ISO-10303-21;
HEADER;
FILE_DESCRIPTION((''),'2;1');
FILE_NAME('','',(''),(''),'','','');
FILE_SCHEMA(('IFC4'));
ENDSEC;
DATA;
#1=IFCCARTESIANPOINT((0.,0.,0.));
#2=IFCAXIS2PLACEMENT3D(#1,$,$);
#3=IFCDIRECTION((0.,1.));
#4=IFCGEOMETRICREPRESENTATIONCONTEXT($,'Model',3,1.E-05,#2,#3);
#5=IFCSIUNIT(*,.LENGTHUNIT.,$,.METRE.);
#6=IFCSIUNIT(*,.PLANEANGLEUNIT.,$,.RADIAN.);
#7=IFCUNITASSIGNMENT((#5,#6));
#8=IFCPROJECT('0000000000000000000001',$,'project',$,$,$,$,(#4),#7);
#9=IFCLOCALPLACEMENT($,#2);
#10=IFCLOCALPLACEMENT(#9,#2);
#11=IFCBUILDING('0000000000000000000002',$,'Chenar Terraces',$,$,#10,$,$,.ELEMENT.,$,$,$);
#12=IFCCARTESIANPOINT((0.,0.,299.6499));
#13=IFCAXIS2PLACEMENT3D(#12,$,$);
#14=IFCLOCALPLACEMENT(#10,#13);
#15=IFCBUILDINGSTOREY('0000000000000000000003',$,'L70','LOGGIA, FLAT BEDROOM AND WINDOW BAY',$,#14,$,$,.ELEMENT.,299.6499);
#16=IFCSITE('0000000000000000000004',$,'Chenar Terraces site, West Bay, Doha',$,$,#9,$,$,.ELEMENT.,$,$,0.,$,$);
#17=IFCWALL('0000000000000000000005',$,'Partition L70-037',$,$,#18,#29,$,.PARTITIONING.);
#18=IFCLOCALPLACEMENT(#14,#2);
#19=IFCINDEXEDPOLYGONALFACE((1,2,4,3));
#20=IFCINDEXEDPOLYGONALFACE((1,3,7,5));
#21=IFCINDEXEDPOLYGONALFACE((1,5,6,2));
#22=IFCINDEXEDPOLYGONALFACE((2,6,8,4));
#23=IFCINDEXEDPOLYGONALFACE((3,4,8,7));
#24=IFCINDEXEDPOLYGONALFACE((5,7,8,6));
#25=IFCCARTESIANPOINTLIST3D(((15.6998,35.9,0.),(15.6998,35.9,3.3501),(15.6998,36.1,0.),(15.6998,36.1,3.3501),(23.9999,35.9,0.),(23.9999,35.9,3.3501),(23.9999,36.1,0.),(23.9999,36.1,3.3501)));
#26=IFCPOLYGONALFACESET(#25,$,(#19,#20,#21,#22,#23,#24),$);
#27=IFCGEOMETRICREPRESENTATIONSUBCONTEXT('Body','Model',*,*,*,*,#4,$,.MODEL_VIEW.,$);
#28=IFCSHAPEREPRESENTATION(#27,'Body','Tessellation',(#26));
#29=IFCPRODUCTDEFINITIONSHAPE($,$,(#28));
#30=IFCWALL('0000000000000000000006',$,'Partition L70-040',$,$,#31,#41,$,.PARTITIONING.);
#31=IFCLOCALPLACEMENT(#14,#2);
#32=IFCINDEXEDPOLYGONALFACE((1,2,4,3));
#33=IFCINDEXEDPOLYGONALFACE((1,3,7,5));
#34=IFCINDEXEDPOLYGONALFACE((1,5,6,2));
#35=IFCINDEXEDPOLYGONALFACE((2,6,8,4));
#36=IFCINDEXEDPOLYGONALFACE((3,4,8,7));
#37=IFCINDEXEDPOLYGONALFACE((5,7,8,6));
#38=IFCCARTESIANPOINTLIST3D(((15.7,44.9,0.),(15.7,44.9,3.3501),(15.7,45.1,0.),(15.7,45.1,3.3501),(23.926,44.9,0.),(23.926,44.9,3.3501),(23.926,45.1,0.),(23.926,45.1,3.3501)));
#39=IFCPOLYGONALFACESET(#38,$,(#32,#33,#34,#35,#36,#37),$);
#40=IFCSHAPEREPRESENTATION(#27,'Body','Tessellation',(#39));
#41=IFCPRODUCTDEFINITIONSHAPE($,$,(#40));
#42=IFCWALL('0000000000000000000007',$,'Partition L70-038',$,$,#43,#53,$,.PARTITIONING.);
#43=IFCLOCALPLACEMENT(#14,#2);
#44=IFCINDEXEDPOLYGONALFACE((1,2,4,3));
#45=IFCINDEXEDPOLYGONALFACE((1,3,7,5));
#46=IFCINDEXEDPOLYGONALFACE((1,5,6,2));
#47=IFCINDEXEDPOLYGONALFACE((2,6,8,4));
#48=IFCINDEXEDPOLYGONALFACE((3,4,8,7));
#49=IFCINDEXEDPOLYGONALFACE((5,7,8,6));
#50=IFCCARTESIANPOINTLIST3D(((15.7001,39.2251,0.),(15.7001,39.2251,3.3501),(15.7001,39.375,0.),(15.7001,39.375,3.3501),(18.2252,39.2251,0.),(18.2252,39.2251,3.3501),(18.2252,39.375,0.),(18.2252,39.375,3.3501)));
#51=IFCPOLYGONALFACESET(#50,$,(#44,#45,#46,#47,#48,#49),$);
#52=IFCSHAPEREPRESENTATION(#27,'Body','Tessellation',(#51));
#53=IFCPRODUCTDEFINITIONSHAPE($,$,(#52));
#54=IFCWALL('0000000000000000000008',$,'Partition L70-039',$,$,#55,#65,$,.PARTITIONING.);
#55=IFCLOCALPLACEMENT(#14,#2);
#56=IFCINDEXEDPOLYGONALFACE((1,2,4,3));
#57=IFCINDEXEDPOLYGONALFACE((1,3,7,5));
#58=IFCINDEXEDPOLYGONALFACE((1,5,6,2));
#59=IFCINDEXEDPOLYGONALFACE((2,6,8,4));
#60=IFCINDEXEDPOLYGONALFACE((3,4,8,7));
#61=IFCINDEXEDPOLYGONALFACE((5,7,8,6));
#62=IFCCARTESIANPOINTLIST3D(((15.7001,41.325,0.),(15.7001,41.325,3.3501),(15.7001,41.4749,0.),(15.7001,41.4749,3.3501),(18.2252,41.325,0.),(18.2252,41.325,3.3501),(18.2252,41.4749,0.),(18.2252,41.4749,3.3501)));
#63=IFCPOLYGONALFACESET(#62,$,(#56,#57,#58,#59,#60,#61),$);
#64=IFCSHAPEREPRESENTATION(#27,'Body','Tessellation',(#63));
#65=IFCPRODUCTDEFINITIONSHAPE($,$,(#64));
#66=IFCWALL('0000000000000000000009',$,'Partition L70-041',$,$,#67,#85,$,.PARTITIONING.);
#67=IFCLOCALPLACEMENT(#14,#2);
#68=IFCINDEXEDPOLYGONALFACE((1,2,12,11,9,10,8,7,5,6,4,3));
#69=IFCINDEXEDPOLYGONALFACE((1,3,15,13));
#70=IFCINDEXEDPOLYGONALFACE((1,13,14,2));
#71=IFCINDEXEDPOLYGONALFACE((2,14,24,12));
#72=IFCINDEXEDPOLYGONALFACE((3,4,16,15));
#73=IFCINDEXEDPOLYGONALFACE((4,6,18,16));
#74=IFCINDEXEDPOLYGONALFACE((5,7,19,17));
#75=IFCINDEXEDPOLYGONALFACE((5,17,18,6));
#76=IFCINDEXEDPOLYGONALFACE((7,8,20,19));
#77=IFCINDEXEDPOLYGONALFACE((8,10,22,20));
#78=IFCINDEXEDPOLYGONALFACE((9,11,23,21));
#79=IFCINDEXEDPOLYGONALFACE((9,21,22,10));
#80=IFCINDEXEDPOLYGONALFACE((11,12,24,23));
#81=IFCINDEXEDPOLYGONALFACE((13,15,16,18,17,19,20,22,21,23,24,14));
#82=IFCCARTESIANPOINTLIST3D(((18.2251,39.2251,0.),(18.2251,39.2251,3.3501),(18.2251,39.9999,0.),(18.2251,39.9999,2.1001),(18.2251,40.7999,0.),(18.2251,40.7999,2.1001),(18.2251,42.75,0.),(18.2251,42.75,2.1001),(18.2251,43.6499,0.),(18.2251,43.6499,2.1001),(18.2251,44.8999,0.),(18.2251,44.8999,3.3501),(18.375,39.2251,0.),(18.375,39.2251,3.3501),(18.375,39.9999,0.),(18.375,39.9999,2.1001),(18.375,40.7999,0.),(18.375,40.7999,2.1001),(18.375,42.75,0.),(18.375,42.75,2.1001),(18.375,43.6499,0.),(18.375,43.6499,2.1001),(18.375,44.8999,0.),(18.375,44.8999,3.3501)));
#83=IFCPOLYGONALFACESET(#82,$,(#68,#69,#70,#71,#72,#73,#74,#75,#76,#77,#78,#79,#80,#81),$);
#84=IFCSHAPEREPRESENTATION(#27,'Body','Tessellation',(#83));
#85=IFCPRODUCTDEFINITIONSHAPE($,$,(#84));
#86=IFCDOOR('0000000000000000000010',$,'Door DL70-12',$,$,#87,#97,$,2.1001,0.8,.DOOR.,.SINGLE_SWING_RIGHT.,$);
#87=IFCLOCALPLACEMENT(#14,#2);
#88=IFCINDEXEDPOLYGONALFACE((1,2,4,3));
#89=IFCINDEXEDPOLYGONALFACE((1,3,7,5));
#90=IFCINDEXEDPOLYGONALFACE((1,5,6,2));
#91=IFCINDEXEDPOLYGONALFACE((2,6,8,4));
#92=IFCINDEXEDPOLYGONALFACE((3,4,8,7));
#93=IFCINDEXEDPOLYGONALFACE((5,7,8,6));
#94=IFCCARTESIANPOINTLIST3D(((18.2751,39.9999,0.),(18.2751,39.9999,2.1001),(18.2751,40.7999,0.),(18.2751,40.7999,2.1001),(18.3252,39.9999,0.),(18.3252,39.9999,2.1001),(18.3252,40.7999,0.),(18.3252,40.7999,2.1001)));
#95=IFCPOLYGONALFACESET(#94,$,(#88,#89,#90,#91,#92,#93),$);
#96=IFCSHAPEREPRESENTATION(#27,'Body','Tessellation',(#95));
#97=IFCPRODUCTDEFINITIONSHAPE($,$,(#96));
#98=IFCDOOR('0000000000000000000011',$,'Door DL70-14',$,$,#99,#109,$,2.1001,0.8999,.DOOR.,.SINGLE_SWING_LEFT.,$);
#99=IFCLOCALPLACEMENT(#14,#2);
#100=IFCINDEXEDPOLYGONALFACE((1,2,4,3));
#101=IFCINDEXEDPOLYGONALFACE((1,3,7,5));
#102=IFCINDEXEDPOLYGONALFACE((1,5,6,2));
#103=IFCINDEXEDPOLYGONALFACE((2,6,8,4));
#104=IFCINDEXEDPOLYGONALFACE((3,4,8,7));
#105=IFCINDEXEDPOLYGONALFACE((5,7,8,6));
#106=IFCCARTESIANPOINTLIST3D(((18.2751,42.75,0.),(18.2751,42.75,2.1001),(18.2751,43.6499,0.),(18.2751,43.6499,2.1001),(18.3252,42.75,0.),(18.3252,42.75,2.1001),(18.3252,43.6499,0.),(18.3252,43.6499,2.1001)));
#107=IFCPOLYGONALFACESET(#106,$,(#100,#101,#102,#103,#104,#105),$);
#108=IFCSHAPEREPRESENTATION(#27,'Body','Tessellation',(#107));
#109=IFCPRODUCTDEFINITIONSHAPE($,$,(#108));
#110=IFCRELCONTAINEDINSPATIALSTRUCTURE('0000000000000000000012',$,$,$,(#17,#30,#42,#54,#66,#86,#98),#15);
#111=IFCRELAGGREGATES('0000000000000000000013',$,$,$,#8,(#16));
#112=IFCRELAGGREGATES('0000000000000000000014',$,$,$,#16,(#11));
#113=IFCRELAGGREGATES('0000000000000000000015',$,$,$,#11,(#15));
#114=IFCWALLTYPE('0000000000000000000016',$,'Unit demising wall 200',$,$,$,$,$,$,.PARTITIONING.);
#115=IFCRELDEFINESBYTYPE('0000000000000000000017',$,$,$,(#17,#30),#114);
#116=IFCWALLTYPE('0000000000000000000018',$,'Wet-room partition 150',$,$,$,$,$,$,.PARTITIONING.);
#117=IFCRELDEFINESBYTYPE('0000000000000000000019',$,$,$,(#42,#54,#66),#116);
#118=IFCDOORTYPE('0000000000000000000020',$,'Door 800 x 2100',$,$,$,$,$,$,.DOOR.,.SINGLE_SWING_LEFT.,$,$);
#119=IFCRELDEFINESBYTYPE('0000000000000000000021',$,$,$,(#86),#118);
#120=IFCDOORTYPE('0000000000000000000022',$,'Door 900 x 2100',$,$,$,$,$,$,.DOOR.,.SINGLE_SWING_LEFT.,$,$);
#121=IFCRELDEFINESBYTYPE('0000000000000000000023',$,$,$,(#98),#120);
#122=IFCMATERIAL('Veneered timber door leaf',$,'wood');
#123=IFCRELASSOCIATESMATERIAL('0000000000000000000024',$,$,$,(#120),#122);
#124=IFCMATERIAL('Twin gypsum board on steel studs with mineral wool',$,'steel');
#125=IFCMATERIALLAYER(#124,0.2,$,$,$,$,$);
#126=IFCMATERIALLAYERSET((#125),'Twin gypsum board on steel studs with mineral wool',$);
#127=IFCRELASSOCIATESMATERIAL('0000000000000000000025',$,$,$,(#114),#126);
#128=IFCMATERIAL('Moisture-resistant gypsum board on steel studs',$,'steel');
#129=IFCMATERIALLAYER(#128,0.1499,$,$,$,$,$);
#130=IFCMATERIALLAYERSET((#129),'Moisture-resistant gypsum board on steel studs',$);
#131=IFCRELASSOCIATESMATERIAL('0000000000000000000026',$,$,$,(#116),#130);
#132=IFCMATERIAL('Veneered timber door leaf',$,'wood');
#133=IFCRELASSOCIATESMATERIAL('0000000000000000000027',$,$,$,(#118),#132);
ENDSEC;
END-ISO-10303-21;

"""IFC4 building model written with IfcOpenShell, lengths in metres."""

from ifc_helpers import new_model, si_unit, direction, frame, frame_2d, origin, place, context, subcontext, project, spatial, rectangle, extrude, material, layer, layer_set, type_object, element, fill, save


model = new_model("IFC4")

# Units and contexts
model_context = context("Model", 3, precision=1e-05, world=origin(), true_north=direction((0.0, 1.0)))
body_context = subcontext(model_context, "Body", "Model", "MODEL_VIEW")
ifc_project = project(units=[si_unit("LENGTHUNIT", "METRE"), si_unit("PLANEANGLEUNIT", "RADIAN")], contexts=[model_context])

# Site, building, storey
site_placement = place(None, origin())
site = spatial("IfcSite", under=ifc_project, at=site_placement, Name="Chenar Terraces site, West Bay, Doha", CompositionType="ELEMENT", RefElevation=0.0)
building_placement = place(site_placement, origin())
building = spatial("IfcBuilding", under=site, at=building_placement, Name="Chenar Terraces", CompositionType="ELEMENT")
storey_placement = place(building_placement, frame((0.0, 0.0, 299.6499)))
storey = spatial("IfcBuildingStorey", under=building, at=storey_placement, Name="L70", Description="LOGGIA, FLAT BEDROOM AND WINDOW BAY", CompositionType="ELEMENT", Elevation=299.6499)

# Shared definitions
ifc_material_1 = material(Name="Veneered timber door leaf", Category="wood")
door_type_1 = type_object("IfcDoorType", Name="Door 900 x 2100", OperationType="SINGLE_SWING_LEFT", PredefinedType="DOOR", material=ifc_material_1)

# Walls
ifc_material_2 = material(Name="Twin gypsum board on steel studs with mineral wool", Category="steel")
ifc_layer_1 = layer(ifc_material_2, 0.2)
ifc_layer_set_1 = layer_set([ifc_layer_1], Name="Twin gypsum board on steel studs with mineral wool")
wall_type_1 = type_object("IfcWallType", Name="Unit demising wall 200", PredefinedType="PARTITIONING", material=ifc_layer_set_1)
wall_1_placement = place(storey_placement, frame((15.7, 36.0, 0.0), z_axis=(0.0, 0.0, 1.0), x_axis=(1.0, 0.0, 0.0)))
element("IfcWall", 1, at=wall_1_placement, inside=storey, type_object=wall_type_1, Name="Partition L70-037", PredefinedType="PARTITIONING", context=body_context, shape_type="SweptSolid", body=[
    extrude(rectangle(XDim=8.3, YDim=0.2, at=frame_2d((4.1499, 0.0))), origin(), (0.0, 0.0, 1.0), 3.3501),
])
wall_2_placement = place(storey_placement, frame((15.7, 45.0, 0.0), z_axis=(0.0, 0.0, 1.0), x_axis=(1.0, 0.0, 0.0)))
element("IfcWall", 2, at=wall_2_placement, inside=storey, type_object=wall_type_1, Name="Partition L70-040", PredefinedType="PARTITIONING", context=body_context, shape_type="SweptSolid", body=[
    extrude(rectangle(XDim=8.2261, YDim=0.2, at=frame_2d((4.113, 0.0))), origin(), (0.0, 0.0, 1.0), 3.3501),
])
ifc_material_3 = material(Name="Moisture-resistant gypsum board on steel studs", Category="steel")
ifc_layer_2 = layer(ifc_material_3, 0.1499)
ifc_layer_set_2 = layer_set([ifc_layer_2], Name="Moisture-resistant gypsum board on steel studs")
wall_type_2 = type_object("IfcWallType", Name="Wet-room partition 150", PredefinedType="PARTITIONING", material=ifc_layer_set_2)
for number, where, z_axis, x_axis, name in (
    (3, (15.7, 39.3, 0.0), (0.0, 0.0, 1.0), (1.0, 0.0, 0.0), "Partition L70-038"),
    (4, (15.7, 41.3999, 0.0), (0.0, 0.0, 1.0), (1.0, 0.0, 0.0), "Partition L70-039"),
):
    element("IfcWall", number, at=place(storey_placement, frame(where, z_axis=z_axis, x_axis=x_axis)), inside=storey, type_object=wall_type_2, Name=name, PredefinedType="PARTITIONING", context=body_context, shape_type="SweptSolid", body=[
        extrude(rectangle(XDim=2.5251, YDim=0.1499, at=frame_2d((1.2627, 0.0))), origin(), (0.0, 0.0, 1.0), 3.3501),
    ])

# Wall, openings, doors
wall_3_placement = place(storey_placement, frame((18.3, 39.2251, 0.0), z_axis=(0.0, 0.0, 1.0), x_axis=(0.0, 1.0, 0.0)))
wall_3 = element("IfcWall", 5, at=wall_3_placement, inside=storey, type_object=wall_type_2, Name="Partition L70-041", PredefinedType="PARTITIONING", context=body_context, shape_type="SweptSolid", body=[
    extrude(rectangle(XDim=5.6748, YDim=0.1499, at=frame_2d((2.8374, 0.0))), origin(), (0.0, 0.0, 1.0), 3.3501),
])
opening_1_placement = place(wall_3_placement, frame((0.7749, 0.0, 0.0)))
opening_1 = element("IfcOpeningElement", 6, at=opening_1_placement, cuts=wall_3, PredefinedType="OPENING", context=body_context, shape_type="SweptSolid", body=[
    extrude(rectangle(XDim=0.8, YDim=2.1001, at=frame_2d((0.3999, 1.05))), frame((0.0, 0.085, 0.0), z_axis=(0.0, -1.0, 0.0), x_axis=(1.0, 0.0, 0.0)), (0.0, 0.0, 1.0), 0.1699),
])
opening_2_placement = place(wall_3_placement, frame((3.5249, 0.0, 0.0)))
opening_2 = element("IfcOpeningElement", 7, at=opening_2_placement, cuts=wall_3, PredefinedType="OPENING", context=body_context, shape_type="SweptSolid", body=[
    extrude(rectangle(XDim=0.8999, YDim=2.1001, at=frame_2d((0.45, 1.05))), frame((0.0, 0.085, 0.0), z_axis=(0.0, -1.0, 0.0), x_axis=(1.0, 0.0, 0.0)), (0.0, 0.0, 1.0), 0.1699),
])
ifc_material_4 = material(Name="Veneered timber door leaf", Category="wood")
door_type_2 = type_object("IfcDoorType", Name="Door 800 x 2100", OperationType="SINGLE_SWING_LEFT", PredefinedType="DOOR", material=ifc_material_4)
door_1_placement = place(opening_1_placement, origin())
door_1 = element("IfcDoor", 8, at=door_1_placement, inside=storey, type_object=door_type_2, Name="Door DL70-12", OperationType="SINGLE_SWING_RIGHT", OverallHeight=2.1001, OverallWidth=0.8, PredefinedType="DOOR", context=body_context, shape_type="SweptSolid", body=[
    extrude(rectangle(XDim=0.8, YDim=2.1001, at=frame_2d((0.3999, 1.05))), frame((0.0, 0.0249, 0.0), z_axis=(0.0, -1.0, 0.0), x_axis=(1.0, 0.0, 0.0)), (0.0, 0.0, 1.0), 0.05),
])
fill(opening_1, door_1)
door_2_placement = place(opening_2_placement, origin())
door_2 = element("IfcDoor", 9, at=door_2_placement, inside=storey, type_object=door_type_1, Name="Door DL70-14", OperationType="SINGLE_SWING_LEFT", OverallHeight=2.1001, OverallWidth=0.8999, PredefinedType="DOOR", context=body_context, shape_type="SweptSolid", body=[
    extrude(rectangle(XDim=0.8999, YDim=2.1001, at=frame_2d((0.45, 1.05))), frame((0.0, 0.0249, 0.0), z_axis=(0.0, -1.0, 0.0), x_axis=(1.0, 0.0, 0.0)), (0.0, 0.0, 1.0), 0.05),
])
fill(opening_2, door_2)

save(model, "model.ifc")
